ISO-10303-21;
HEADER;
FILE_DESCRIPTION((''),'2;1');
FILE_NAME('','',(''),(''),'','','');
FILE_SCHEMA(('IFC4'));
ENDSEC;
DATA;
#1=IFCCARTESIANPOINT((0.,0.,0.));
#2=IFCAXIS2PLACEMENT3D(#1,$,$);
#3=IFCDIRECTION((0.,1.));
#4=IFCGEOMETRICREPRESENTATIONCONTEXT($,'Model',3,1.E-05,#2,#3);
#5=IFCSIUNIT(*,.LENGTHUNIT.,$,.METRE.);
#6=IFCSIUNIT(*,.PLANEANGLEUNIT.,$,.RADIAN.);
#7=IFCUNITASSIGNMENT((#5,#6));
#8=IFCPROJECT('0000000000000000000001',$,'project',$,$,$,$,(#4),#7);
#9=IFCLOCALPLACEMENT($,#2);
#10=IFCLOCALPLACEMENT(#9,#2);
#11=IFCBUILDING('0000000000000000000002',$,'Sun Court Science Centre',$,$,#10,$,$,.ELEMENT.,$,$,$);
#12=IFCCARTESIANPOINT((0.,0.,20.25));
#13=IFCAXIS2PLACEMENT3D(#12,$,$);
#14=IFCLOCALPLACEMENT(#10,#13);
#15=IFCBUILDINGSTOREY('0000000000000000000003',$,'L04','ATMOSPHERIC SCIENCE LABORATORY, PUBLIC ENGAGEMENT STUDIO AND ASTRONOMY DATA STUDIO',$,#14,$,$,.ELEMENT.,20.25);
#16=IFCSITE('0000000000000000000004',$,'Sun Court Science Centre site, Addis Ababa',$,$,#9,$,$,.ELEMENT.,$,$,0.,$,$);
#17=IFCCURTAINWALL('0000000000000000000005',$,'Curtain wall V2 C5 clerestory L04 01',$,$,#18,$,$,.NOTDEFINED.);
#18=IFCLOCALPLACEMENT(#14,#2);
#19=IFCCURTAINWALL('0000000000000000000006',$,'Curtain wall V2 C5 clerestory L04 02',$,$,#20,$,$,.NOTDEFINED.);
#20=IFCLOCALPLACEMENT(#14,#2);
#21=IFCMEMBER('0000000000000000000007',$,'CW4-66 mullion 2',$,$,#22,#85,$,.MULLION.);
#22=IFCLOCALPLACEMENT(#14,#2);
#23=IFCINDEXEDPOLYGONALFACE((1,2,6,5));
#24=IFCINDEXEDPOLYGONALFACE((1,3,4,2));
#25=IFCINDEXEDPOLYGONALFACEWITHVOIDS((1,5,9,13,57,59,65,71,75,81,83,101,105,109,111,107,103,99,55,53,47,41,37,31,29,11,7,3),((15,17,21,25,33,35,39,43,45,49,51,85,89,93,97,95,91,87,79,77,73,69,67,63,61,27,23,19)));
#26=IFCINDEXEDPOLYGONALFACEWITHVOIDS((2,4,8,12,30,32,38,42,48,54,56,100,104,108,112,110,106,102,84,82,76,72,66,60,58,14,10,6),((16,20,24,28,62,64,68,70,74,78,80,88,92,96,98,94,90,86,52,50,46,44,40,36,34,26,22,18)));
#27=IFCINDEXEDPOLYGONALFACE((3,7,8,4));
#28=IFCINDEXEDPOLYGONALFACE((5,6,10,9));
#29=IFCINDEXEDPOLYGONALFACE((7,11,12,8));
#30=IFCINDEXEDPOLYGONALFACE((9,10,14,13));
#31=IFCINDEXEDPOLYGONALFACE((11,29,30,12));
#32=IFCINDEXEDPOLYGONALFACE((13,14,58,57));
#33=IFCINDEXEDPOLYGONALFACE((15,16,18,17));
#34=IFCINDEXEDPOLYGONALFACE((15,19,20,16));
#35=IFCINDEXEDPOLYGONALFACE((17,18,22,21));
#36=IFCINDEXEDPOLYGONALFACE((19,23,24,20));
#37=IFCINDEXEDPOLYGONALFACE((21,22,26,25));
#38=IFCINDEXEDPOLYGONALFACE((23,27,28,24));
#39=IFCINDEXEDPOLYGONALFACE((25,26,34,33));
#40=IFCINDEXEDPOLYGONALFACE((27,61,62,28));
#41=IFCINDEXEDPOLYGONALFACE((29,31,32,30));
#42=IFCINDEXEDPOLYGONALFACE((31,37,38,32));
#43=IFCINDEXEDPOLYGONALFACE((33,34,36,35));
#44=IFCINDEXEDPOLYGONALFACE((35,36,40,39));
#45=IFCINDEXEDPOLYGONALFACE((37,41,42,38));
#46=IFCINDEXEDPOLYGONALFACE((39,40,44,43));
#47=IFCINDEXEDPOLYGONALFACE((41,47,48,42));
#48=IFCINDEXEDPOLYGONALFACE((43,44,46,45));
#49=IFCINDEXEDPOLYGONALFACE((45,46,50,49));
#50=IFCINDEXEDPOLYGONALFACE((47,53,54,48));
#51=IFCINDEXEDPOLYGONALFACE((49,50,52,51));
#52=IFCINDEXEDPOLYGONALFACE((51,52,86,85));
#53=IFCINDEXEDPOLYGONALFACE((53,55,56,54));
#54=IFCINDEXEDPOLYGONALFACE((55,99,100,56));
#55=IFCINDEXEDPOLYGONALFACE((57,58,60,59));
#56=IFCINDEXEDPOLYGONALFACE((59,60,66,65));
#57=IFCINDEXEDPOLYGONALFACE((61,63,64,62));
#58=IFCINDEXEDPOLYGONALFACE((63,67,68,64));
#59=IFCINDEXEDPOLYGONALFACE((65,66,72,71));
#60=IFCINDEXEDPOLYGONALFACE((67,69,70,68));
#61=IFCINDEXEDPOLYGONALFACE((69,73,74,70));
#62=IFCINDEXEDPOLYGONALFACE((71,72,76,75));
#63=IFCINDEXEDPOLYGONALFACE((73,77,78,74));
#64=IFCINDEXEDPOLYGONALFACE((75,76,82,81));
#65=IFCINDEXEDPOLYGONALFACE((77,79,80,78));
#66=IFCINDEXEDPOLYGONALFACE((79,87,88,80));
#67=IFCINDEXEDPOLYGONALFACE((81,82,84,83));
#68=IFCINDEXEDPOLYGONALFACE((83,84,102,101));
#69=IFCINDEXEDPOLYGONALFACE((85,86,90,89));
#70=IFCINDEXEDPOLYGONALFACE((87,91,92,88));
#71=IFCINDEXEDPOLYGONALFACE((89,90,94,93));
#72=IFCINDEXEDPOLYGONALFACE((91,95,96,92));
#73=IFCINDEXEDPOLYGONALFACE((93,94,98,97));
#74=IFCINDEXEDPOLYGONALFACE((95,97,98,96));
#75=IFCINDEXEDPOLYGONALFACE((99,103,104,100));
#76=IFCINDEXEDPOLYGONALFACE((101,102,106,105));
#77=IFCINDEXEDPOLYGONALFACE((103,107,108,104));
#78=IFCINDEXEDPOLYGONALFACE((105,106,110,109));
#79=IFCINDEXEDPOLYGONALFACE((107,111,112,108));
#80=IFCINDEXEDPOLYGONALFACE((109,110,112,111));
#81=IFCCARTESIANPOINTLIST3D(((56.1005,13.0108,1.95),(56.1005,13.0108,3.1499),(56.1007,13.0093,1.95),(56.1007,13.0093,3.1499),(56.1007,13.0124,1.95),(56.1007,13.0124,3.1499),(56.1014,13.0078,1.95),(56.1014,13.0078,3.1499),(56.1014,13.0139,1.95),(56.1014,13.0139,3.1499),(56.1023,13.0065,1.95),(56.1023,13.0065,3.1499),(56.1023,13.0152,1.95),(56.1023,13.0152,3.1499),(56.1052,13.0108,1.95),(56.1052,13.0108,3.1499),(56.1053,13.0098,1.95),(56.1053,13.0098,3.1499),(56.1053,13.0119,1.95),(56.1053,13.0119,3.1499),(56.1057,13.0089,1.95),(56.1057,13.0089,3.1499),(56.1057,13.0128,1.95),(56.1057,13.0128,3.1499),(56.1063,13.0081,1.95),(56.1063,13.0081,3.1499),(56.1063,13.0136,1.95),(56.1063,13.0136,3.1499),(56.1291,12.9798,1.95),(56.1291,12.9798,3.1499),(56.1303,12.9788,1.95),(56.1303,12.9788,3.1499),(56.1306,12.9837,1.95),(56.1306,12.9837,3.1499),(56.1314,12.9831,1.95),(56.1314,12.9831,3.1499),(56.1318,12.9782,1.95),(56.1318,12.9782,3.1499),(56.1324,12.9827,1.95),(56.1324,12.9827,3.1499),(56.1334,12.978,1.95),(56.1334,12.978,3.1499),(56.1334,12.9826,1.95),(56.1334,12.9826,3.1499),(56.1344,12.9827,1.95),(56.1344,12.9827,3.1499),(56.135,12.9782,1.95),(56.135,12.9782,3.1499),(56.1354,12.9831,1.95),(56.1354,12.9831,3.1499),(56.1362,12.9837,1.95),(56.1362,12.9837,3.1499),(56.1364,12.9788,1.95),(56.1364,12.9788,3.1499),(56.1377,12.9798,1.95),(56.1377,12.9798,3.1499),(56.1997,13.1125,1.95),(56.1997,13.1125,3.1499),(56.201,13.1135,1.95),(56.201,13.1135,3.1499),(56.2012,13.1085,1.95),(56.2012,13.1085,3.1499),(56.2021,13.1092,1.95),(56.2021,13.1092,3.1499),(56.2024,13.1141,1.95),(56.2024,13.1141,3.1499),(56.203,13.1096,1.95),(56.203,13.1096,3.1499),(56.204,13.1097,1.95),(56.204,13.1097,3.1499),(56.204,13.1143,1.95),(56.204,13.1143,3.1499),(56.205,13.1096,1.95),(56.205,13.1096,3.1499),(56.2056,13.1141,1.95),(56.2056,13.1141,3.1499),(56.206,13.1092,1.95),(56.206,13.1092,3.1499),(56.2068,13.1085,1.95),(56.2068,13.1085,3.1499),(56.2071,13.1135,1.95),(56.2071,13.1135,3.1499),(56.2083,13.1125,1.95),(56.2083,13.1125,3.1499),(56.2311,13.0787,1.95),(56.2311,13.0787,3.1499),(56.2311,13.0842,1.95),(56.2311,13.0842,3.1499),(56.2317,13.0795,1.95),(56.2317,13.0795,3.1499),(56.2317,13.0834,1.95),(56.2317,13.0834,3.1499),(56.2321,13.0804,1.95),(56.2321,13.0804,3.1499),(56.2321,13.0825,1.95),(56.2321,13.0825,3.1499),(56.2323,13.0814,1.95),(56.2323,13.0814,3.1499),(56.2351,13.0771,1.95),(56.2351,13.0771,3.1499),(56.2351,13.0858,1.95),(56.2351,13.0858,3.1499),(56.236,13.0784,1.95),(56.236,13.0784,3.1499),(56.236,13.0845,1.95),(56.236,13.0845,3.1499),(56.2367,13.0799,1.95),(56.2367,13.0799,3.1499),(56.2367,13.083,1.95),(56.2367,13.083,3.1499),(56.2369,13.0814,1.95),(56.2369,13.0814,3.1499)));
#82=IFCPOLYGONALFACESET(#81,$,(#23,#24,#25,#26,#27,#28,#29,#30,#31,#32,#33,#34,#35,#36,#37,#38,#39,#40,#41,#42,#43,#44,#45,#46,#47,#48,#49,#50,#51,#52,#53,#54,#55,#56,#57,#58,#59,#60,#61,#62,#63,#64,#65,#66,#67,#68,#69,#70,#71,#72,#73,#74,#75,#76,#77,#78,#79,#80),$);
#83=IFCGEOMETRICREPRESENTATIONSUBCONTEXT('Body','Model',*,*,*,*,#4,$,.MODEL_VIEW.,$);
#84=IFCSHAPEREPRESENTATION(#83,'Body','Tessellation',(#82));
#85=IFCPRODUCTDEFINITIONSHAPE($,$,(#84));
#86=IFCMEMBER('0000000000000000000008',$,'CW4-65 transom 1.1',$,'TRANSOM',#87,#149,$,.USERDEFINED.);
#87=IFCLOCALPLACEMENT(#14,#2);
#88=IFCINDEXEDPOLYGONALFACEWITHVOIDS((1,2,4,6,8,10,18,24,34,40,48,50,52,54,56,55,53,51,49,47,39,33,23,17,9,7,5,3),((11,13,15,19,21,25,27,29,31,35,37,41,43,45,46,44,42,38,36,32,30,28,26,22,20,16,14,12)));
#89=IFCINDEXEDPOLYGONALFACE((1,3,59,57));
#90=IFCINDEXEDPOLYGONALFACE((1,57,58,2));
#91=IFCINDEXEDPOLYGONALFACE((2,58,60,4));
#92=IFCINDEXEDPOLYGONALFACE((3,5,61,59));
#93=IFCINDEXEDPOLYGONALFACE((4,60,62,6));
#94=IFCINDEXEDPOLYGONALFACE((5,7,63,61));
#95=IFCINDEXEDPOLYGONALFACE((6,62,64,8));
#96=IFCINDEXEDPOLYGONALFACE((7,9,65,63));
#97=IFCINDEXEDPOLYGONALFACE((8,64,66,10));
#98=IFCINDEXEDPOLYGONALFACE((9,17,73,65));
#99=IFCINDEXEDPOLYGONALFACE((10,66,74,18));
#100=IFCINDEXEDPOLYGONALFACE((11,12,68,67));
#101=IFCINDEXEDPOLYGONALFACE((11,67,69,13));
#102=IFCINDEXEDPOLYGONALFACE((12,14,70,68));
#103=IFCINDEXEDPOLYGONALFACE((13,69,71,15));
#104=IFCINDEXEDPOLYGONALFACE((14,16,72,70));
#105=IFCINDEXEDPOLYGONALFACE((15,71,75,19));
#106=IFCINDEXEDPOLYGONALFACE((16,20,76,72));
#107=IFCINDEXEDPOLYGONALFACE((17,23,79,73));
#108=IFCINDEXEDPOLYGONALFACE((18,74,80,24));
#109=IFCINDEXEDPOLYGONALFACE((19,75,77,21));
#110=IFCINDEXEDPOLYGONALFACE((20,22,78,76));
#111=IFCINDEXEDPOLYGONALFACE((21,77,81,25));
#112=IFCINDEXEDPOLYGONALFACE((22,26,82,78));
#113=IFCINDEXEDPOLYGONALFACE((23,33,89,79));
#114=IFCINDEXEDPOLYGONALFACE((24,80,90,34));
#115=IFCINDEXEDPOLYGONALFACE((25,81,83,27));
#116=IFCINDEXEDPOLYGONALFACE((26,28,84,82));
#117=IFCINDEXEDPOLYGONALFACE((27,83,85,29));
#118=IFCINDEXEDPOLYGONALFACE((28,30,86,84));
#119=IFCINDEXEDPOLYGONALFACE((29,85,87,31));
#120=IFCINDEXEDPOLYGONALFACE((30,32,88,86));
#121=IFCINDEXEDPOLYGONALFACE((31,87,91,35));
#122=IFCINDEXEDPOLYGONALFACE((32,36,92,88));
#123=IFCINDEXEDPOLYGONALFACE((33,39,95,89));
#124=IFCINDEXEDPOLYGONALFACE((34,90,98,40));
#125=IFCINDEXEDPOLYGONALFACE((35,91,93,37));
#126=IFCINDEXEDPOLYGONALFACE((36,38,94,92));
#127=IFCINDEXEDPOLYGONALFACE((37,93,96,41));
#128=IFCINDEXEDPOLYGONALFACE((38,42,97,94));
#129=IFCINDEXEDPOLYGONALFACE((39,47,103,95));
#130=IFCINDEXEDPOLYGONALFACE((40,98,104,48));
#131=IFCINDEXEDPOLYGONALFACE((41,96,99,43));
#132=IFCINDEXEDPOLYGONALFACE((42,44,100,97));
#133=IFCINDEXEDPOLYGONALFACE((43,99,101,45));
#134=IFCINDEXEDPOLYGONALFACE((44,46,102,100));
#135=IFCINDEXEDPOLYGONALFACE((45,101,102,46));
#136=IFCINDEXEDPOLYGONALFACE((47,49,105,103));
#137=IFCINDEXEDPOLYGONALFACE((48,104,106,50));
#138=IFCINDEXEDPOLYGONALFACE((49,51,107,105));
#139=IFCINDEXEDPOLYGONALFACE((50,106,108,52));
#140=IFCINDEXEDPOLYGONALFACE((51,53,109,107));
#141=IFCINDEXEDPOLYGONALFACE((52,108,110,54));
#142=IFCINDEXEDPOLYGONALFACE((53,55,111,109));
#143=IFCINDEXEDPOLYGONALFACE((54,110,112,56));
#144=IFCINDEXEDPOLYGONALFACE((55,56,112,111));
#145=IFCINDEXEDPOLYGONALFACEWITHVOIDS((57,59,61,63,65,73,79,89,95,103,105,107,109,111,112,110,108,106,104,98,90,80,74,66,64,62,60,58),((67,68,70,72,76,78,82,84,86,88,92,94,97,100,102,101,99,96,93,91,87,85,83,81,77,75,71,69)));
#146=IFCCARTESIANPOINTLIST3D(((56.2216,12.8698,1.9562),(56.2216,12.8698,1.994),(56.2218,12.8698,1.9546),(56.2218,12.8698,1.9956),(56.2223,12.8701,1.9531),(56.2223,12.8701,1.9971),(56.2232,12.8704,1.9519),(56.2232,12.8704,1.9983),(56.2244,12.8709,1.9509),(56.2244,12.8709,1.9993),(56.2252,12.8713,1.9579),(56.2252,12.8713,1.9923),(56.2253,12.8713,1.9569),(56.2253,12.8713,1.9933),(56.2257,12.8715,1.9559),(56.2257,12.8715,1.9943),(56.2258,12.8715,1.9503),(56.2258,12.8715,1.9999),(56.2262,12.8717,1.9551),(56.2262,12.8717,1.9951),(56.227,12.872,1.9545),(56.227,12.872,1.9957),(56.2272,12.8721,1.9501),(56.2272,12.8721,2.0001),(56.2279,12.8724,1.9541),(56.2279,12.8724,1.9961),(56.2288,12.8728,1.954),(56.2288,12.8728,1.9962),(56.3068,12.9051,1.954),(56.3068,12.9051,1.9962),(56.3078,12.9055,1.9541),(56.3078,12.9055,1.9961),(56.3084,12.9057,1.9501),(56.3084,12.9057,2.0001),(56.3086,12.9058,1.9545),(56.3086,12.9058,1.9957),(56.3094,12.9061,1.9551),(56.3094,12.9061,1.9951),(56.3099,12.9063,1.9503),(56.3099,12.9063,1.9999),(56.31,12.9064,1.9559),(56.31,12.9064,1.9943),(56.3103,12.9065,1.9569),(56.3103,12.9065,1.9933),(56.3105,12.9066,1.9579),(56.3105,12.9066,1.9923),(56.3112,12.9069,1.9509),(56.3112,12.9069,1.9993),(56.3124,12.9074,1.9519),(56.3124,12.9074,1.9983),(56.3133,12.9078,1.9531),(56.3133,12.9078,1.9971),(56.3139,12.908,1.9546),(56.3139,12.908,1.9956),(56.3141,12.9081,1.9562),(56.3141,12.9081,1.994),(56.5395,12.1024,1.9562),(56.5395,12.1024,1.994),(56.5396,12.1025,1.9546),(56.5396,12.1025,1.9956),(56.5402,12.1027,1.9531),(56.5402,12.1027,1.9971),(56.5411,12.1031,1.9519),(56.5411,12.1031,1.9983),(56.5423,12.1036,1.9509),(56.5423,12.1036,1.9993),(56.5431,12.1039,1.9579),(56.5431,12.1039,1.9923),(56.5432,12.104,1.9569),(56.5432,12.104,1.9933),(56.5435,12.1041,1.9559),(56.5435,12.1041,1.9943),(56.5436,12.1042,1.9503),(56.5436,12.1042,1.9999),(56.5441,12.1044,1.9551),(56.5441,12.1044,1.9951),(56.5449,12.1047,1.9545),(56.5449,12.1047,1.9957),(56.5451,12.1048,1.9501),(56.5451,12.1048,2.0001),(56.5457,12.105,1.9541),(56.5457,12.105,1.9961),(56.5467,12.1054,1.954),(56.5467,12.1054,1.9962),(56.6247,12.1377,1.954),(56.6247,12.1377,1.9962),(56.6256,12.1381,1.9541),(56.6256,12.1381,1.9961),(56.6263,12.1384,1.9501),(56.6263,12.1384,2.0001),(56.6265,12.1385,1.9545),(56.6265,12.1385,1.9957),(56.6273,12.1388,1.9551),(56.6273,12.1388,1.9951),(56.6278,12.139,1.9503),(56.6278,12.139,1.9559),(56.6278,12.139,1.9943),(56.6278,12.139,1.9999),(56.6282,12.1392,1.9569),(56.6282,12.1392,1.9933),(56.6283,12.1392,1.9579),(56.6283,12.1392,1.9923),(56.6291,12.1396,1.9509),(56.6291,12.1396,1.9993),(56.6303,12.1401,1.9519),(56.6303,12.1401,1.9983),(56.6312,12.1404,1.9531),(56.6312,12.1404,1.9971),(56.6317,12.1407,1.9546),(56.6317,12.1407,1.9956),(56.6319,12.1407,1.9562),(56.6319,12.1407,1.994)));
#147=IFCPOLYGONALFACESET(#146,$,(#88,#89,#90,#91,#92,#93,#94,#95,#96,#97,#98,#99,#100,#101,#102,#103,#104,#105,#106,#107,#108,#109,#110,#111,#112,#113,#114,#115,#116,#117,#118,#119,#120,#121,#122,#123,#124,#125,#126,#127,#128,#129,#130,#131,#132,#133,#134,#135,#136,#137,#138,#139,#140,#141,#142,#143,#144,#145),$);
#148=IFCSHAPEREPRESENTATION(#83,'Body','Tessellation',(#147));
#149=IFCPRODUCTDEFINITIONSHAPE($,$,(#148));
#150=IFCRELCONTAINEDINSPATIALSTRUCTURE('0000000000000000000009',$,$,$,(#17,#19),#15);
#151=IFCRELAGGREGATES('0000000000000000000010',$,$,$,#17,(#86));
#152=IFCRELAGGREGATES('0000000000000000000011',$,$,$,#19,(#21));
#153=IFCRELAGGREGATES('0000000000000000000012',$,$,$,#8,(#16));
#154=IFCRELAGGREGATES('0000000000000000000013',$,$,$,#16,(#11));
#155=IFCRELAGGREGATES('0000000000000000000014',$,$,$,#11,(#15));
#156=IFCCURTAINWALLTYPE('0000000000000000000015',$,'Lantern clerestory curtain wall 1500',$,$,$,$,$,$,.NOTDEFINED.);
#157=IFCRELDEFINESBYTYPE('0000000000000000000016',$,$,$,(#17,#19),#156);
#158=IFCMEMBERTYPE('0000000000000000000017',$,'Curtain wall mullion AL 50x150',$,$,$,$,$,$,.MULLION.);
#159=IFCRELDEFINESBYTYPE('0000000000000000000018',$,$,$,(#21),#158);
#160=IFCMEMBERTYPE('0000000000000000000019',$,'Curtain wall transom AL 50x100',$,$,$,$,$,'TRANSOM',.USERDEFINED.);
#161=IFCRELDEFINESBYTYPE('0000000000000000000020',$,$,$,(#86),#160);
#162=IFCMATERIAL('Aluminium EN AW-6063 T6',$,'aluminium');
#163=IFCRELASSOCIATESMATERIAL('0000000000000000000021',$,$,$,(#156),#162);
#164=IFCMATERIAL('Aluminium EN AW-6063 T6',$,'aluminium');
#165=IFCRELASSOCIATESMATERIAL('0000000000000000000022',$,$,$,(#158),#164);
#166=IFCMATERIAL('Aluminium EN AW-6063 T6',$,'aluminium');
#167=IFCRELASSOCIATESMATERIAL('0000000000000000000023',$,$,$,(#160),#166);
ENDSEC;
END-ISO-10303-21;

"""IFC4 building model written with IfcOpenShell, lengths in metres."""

from ifc_helpers import new_model, si_unit, direction, frame, origin, origin_2d, place, context, subcontext, project, spatial, hollow_rectangle, extrude, material, material_profile, profile_set, type_object, element, aggregate, save


model = new_model("IFC4")

# Units and contexts
model_context = context("Model", 3, precision=1e-05, world=origin(), true_north=direction((0.0, 1.0)))
body_context = subcontext(model_context, "Body", "Model", "MODEL_VIEW")
ifc_project = project(units=[si_unit("LENGTHUNIT", "METRE"), si_unit("PLANEANGLEUNIT", "RADIAN")], contexts=[model_context])

# Site, building, storey
site_placement = place(None, origin())
site = spatial("IfcSite", under=ifc_project, at=site_placement, Name="Sun Court Science Centre site, Addis Ababa", CompositionType="ELEMENT", RefElevation=0.0)
building_placement = place(site_placement, origin())
building = spatial("IfcBuilding", under=site, at=building_placement, Name="Sun Court Science Centre", CompositionType="ELEMENT")
storey_placement = place(building_placement, frame((0.0, 0.0, 20.25)))
storey = spatial("IfcBuildingStorey", under=building, at=storey_placement, Name="L04", Description="ATMOSPHERIC SCIENCE LABORATORY, PUBLIC ENGAGEMENT STUDIO AND ASTRONOMY DATA STUDIO", CompositionType="ELEMENT", Elevation=20.25)

# Curtain wall
ifc_material_1 = material(Name="Aluminium EN AW-6063 T6", Category="aluminium")
curtain_wall_type = type_object("IfcCurtainWallType", Name="Lantern clerestory curtain wall 1500", PredefinedType="NOTDEFINED", material=ifc_material_1)
curtain_wall_1_placement = place(storey_placement, origin())
curtain_wall_1 = element("IfcCurtainWall", 1, at=curtain_wall_1_placement, inside=storey, type_object=curtain_wall_type, Name="Curtain wall V2 C5 clerestory L04 01", PredefinedType="NOTDEFINED")
ifc_material_2 = material(Name="Aluminium EN AW-6063 T6", Category="aluminium")
ifc_material_profile_1 = material_profile(ifc_material_2, hollow_rectangle(XDim=0.05, YDim=0.1499, WallThickness=0.0039, InnerFilletRadius=0.0039, OuterFilletRadius=0.0061, at=origin_2d()), Name="AL 50x150x4")
ifc_profile_set_1 = profile_set([ifc_material_profile_1], Name="Aluminium EN AW-6063 T6")
member_type_1 = type_object("IfcMemberType", Name="Curtain wall mullion AL 50x150", PredefinedType="MULLION", material=ifc_profile_set_1)

# Curtain wall, member
curtain_wall_2_placement = place(storey_placement, origin())
curtain_wall_2 = element("IfcCurtainWall", 2, at=curtain_wall_2_placement, inside=storey, type_object=curtain_wall_type, Name="Curtain wall V2 C5 clerestory L04 02", PredefinedType="NOTDEFINED")
member_1_placement = place(storey_placement, frame((56.1687, 13.0461, 1.95), z_axis=(0.0, 0.0, 1.0), x_axis=(0.707107, -0.707107, 0.0)))
member_1 = element("IfcMember", 3, at=member_1_placement, type_object=member_type_1, Name="CW4-66 mullion 2", PredefinedType="MULLION", context=body_context, shape_type="SweptSolid", body=[
    extrude(hollow_rectangle(XDim=0.05, YDim=0.1499, WallThickness=0.0039, InnerFilletRadius=0.0039, OuterFilletRadius=0.0061, at=origin_2d()), origin(), (0.0, 0.0, 1.0), 1.2),
])

# Member
ifc_material_3 = material(Name="Aluminium EN AW-6063 T6", Category="aluminium")
ifc_material_profile_2 = material_profile(ifc_material_3, hollow_rectangle(XDim=0.05, YDim=0.1001, WallThickness=0.0039, InnerFilletRadius=0.0039, OuterFilletRadius=0.0061, at=origin_2d()), Name="AL 50x100x4")
ifc_profile_set_2 = profile_set([ifc_material_profile_2], Name="Aluminium EN AW-6063 T6")
member_type_2 = type_object("IfcMemberType", Name="Curtain wall transom AL 50x100", ElementType="TRANSOM", PredefinedType="USERDEFINED", material=ifc_profile_set_2)
member_2_placement = place(storey_placement, frame((56.2678, 12.8889, 1.9751), z_axis=(0.382715, -0.923866, 0.0), x_axis=(0.0, 0.0, 1.0)))
member_2 = element("IfcMember", 4, at=member_2_placement, type_object=member_type_2, Name="CW4-65 transom 1.1", ObjectType="TRANSOM", PredefinedType="USERDEFINED", context=body_context, shape_type="SweptSolid", body=[
    extrude(hollow_rectangle(XDim=0.05, YDim=0.1001, WallThickness=0.0039, InnerFilletRadius=0.0039, OuterFilletRadius=0.0061, at=origin_2d()), origin(), (0.0, 0.0, 1.0), 0.8306),
])

aggregate(curtain_wall_1, [member_2])
aggregate(curtain_wall_2, [member_1])

save(model, "model.ifc")
